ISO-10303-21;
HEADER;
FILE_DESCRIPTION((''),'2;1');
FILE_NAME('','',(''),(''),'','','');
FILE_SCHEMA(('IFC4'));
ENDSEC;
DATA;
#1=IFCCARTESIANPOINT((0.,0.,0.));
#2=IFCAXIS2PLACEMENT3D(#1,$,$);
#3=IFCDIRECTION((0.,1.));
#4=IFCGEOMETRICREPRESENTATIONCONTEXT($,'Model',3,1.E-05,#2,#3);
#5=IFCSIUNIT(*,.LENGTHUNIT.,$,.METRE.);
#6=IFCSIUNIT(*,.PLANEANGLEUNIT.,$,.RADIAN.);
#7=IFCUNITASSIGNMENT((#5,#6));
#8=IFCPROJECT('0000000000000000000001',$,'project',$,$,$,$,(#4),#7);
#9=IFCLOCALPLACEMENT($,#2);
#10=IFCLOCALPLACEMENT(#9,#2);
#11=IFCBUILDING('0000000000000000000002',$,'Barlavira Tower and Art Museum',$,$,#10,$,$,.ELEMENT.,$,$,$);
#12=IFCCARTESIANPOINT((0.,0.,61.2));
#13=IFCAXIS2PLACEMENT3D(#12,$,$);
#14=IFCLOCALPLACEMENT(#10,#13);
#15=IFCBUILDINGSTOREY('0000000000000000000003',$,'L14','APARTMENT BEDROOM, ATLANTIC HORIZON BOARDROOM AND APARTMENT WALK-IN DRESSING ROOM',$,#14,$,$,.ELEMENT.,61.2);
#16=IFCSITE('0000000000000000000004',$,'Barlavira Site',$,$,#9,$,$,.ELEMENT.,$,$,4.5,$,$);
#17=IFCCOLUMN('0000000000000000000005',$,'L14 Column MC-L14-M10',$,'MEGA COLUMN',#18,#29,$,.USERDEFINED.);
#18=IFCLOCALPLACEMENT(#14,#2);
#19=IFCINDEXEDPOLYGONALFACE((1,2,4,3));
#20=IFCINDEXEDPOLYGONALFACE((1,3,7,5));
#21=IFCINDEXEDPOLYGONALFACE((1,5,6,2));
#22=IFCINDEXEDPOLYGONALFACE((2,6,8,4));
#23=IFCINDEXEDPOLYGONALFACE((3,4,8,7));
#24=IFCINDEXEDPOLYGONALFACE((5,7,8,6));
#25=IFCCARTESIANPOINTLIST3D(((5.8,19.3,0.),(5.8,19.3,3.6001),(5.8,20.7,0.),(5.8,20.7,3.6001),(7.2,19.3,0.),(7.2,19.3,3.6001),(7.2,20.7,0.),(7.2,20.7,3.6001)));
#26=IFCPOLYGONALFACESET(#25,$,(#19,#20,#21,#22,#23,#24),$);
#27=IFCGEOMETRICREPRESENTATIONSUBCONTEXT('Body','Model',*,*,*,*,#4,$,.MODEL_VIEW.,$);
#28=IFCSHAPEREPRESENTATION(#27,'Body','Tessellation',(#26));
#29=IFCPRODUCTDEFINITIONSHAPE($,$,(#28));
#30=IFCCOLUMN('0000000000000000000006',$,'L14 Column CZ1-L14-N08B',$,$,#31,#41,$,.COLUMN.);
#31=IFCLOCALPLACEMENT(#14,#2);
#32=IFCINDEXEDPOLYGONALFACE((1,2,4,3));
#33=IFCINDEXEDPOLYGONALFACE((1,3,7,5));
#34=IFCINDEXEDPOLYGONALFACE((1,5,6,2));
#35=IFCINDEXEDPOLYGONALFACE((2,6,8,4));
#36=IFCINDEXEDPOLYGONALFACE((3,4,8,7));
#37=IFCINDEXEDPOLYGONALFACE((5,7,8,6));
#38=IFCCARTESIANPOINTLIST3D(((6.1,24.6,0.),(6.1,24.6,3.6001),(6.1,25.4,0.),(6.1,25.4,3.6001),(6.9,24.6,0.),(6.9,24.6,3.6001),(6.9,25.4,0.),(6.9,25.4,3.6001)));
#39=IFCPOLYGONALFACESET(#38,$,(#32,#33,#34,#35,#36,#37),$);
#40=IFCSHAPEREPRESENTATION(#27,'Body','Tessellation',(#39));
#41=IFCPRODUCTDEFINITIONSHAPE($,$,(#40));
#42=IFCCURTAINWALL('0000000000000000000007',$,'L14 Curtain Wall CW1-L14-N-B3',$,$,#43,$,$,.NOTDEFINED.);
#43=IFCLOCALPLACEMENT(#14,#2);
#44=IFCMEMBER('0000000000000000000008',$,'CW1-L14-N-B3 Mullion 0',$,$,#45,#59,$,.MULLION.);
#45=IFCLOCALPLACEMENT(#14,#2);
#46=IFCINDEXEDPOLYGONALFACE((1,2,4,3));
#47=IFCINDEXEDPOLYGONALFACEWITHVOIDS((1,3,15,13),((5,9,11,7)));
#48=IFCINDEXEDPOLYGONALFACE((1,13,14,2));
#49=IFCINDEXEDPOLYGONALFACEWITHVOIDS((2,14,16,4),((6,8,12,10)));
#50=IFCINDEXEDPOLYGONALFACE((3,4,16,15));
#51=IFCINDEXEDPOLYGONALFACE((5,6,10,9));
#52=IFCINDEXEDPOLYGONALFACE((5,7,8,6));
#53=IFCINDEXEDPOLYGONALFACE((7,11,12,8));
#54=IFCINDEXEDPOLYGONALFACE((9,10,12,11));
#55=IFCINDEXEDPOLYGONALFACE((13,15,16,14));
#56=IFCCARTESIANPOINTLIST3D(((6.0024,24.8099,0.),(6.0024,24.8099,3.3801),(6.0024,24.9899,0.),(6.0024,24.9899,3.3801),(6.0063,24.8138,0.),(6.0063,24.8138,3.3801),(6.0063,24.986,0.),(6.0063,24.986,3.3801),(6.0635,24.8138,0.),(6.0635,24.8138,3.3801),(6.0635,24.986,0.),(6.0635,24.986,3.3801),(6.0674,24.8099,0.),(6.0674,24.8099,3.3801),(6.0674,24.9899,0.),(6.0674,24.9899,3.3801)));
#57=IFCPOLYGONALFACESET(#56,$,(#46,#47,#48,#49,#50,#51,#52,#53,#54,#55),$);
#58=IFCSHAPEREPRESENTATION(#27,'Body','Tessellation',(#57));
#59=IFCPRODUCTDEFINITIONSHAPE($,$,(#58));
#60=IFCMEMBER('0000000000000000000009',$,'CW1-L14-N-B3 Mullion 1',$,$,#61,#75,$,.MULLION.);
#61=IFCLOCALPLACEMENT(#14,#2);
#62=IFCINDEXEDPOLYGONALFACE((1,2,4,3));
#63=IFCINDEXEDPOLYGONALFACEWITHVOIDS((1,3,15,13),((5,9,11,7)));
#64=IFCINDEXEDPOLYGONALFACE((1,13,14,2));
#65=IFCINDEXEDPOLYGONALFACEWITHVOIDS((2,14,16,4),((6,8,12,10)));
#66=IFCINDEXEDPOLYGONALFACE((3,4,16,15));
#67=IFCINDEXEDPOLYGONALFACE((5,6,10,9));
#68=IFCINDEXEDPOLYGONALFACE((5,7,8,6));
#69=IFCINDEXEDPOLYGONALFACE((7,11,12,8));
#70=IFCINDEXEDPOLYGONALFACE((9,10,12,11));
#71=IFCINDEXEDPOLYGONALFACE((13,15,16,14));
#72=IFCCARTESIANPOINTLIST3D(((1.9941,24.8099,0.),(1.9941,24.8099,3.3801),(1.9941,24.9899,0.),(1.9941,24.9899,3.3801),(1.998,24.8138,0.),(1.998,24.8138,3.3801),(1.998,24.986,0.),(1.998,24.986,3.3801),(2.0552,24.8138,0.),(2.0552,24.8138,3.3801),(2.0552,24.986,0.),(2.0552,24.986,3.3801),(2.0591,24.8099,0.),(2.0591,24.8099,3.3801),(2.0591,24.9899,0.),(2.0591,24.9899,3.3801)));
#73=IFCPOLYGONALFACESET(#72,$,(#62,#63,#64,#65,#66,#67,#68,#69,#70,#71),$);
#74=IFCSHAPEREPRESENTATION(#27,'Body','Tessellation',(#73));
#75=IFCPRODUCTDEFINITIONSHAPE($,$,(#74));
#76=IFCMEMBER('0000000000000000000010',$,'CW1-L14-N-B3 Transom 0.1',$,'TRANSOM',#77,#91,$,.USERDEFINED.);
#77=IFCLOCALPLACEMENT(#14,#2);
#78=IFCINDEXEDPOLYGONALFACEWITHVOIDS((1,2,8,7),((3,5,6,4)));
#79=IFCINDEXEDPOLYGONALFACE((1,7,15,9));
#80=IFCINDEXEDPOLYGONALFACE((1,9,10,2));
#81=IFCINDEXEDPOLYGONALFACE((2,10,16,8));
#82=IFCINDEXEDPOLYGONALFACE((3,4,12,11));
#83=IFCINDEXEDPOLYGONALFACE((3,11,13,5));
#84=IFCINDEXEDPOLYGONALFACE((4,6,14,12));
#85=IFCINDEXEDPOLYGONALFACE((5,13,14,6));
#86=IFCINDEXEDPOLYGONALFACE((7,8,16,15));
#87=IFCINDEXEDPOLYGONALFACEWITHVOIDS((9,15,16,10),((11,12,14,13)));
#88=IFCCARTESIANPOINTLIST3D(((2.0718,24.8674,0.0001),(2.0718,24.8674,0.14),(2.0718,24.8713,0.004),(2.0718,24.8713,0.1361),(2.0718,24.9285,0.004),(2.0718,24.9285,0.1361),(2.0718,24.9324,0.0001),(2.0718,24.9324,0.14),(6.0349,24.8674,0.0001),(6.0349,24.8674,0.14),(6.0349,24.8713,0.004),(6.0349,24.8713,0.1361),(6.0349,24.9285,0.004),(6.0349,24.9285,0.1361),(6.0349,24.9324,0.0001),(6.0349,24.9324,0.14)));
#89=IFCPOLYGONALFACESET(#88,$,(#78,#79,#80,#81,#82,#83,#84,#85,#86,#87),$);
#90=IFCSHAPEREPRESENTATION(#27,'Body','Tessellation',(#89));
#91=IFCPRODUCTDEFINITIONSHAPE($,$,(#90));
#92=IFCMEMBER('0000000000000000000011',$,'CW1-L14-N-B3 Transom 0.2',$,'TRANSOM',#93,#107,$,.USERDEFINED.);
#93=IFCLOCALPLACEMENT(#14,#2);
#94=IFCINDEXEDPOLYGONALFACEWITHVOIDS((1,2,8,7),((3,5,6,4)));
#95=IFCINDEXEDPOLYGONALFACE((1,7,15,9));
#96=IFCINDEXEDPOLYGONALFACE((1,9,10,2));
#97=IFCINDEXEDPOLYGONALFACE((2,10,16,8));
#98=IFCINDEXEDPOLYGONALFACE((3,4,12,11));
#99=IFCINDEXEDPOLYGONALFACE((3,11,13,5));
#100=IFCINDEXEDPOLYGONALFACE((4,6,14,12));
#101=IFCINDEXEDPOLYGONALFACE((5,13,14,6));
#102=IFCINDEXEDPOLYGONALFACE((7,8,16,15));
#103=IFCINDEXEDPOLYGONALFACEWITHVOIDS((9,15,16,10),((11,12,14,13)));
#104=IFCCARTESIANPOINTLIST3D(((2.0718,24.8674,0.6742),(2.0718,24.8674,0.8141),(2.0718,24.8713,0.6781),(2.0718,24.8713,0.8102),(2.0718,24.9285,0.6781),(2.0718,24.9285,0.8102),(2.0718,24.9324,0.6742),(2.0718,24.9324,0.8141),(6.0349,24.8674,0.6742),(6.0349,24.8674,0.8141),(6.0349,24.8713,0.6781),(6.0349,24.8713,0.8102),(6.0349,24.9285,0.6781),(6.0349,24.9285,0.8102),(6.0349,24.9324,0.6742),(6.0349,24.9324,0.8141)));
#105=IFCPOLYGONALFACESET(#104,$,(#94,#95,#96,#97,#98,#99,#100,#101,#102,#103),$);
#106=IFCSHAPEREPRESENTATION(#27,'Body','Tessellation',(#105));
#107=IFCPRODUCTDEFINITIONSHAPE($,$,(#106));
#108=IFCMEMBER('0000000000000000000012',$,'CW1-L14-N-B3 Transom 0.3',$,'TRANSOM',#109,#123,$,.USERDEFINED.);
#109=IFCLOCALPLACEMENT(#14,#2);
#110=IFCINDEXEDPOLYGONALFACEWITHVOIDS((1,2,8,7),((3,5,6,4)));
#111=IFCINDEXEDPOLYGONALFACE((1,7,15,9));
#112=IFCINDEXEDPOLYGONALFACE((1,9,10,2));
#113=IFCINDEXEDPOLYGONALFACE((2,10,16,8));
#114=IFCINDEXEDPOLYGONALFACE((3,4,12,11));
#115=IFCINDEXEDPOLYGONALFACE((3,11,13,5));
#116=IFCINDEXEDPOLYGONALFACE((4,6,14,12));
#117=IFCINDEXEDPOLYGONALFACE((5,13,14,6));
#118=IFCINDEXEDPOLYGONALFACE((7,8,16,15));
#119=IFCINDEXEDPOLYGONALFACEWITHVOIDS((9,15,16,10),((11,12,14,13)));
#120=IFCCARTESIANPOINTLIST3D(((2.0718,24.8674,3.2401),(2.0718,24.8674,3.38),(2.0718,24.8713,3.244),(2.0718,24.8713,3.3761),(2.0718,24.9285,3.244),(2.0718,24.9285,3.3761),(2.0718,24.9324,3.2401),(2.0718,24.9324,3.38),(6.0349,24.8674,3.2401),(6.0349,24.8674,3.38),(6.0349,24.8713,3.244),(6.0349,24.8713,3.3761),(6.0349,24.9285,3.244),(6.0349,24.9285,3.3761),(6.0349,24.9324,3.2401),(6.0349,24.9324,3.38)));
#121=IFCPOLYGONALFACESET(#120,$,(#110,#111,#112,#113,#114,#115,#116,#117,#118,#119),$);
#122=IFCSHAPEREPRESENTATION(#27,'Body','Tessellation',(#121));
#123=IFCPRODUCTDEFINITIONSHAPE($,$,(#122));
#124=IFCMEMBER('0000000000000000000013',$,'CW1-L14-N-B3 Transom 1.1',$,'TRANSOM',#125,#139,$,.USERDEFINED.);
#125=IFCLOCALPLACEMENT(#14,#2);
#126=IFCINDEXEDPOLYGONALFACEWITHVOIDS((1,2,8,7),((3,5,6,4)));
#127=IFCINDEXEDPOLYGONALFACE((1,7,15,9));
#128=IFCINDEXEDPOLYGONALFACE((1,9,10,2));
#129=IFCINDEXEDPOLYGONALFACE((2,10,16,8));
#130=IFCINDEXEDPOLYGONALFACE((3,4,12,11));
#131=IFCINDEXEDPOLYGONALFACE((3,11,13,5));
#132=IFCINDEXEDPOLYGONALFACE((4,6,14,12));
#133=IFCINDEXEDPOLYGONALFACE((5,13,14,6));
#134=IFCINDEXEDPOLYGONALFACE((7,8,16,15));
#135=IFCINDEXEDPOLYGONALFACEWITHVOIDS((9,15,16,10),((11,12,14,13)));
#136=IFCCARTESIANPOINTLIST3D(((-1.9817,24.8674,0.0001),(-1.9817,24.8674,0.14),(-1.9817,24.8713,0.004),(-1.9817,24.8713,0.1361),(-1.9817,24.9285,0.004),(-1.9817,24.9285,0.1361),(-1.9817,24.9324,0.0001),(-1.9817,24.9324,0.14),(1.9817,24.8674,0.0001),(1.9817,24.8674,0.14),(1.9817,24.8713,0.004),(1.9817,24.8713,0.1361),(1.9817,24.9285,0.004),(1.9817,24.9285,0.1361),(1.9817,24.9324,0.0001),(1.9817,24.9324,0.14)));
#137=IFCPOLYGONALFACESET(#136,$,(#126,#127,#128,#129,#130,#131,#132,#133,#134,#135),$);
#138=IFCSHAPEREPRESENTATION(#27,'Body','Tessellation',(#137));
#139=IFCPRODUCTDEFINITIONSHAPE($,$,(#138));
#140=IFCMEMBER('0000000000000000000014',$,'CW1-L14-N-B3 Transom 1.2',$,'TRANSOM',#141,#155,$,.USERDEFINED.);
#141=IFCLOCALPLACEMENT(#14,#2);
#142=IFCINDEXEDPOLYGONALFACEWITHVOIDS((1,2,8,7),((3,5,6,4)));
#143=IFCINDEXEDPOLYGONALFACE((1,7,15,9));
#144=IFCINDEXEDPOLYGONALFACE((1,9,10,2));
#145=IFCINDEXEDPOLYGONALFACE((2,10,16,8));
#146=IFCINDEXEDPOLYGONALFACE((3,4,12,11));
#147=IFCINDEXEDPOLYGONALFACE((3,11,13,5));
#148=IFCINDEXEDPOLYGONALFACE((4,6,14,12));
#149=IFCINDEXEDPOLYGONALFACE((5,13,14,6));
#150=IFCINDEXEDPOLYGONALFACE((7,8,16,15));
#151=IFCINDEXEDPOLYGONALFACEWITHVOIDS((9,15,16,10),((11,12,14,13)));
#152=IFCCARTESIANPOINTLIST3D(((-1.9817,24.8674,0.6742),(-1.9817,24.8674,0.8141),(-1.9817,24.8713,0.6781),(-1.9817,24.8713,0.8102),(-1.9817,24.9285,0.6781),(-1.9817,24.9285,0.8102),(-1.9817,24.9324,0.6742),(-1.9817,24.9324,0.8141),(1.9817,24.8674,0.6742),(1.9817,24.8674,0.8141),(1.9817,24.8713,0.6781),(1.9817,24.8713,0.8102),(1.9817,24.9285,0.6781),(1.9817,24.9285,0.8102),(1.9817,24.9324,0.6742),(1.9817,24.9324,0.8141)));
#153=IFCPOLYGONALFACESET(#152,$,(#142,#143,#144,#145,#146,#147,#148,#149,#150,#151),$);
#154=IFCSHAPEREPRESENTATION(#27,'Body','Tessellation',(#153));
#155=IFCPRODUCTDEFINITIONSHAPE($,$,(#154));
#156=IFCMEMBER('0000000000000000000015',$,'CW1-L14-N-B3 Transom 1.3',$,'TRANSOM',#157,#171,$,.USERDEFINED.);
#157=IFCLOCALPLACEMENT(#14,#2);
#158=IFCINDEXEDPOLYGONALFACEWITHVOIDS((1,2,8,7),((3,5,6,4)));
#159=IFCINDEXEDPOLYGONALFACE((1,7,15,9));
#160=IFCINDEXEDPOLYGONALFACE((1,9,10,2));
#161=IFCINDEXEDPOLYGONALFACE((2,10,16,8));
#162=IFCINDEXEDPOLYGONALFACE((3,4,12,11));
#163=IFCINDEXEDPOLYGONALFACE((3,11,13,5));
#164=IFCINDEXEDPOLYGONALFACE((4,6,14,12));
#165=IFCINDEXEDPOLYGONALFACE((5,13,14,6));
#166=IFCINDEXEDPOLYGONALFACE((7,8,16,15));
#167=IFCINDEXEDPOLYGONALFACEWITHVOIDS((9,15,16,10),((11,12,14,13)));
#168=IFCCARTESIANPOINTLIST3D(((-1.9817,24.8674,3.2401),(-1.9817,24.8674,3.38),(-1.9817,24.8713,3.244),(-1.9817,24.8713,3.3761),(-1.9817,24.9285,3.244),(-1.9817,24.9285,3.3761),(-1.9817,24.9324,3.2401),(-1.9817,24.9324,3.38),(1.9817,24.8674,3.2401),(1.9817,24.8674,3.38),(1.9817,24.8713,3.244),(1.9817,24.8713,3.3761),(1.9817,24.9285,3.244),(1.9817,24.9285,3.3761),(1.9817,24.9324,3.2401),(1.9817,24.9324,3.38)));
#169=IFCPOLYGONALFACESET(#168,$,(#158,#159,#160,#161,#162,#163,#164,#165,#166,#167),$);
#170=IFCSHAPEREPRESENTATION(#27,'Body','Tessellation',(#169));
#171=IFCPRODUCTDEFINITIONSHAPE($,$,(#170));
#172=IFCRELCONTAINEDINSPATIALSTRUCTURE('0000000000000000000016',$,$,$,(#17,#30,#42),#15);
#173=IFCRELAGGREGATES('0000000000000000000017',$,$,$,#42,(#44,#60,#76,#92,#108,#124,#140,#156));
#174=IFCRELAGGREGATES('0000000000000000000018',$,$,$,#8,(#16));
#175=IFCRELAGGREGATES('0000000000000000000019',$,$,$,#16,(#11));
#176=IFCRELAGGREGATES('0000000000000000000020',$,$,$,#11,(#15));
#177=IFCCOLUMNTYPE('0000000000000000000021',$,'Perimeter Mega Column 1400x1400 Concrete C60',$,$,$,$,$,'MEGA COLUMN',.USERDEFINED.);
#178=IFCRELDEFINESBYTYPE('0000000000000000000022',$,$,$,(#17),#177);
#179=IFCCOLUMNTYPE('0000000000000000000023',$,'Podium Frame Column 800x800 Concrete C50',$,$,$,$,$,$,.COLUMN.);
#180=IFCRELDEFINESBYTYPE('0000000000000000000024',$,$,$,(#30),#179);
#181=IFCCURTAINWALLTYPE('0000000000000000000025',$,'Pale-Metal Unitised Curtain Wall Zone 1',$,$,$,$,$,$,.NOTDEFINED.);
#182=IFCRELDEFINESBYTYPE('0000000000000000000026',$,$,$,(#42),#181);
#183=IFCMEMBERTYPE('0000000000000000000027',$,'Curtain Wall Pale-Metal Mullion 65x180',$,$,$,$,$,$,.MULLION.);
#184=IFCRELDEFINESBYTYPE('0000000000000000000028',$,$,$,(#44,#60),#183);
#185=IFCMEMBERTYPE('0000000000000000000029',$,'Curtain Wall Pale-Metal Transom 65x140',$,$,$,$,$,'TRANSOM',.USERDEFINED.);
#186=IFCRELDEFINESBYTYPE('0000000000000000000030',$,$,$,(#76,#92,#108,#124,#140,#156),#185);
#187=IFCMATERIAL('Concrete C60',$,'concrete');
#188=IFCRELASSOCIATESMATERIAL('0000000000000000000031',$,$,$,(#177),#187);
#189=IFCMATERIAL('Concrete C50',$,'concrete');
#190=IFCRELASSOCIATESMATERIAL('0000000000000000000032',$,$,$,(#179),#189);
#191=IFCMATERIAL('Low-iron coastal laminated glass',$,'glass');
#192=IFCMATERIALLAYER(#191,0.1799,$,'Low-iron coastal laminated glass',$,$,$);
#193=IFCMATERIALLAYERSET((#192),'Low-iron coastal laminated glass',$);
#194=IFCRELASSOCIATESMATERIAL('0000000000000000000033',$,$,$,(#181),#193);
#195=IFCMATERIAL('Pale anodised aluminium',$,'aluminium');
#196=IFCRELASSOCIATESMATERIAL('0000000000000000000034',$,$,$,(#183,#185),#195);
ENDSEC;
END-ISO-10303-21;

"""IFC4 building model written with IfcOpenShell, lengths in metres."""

from ifc_helpers import new_model, si_unit, direction, frame, origin, origin_2d, place, context, subcontext, project, spatial, rectangle, hollow_rectangle, extrude, material, layer, layer_set, material_profile, profile_set, type_object, element, aggregate, save


model = new_model("IFC4")

# Units and contexts
model_context = context("Model", 3, precision=1e-05, world=origin(), true_north=direction((0.0, 1.0)))
body_context = subcontext(model_context, "Body", "Model", "MODEL_VIEW")
ifc_project = project(units=[si_unit("LENGTHUNIT", "METRE"), si_unit("PLANEANGLEUNIT", "RADIAN")], contexts=[model_context])

# Site, building, storey
site_placement = place(None, origin())
site = spatial("IfcSite", under=ifc_project, at=site_placement, Name="Barlavira Site", CompositionType="ELEMENT", RefElevation=4.5)
building_placement = place(site_placement, origin())
building = spatial("IfcBuilding", under=site, at=building_placement, Name="Barlavira Tower and Art Museum", CompositionType="ELEMENT")
storey_placement = place(building_placement, frame((0.0, 0.0, 61.2)))
storey = spatial("IfcBuildingStorey", under=building, at=storey_placement, Name="L14", Description="APARTMENT BEDROOM, ATLANTIC HORIZON BOARDROOM AND APARTMENT WALK-IN DRESSING ROOM", CompositionType="ELEMENT", Elevation=61.2)

# Columns
ifc_material_1 = material(Name="Concrete C60", Category="concrete")
ifc_material_profile_1 = material_profile(ifc_material_1, rectangle(XDim=1.3999, YDim=1.3999, at=origin_2d()), Name="RC-MCOL 1400x1400")
ifc_profile_set_1 = profile_set([ifc_material_profile_1], Name="Concrete C60")
column_type_1 = type_object("IfcColumnType", Name="Perimeter Mega Column 1400x1400 Concrete C60", ElementType="MEGA COLUMN", PredefinedType="USERDEFINED", material=ifc_profile_set_1)
column_1_placement = place(storey_placement, frame((6.5, 20.0, 0.0), z_axis=(0.0, 0.0, 1.0), x_axis=(1.0, 0.0, 0.0)))
element("IfcColumn", 1, at=column_1_placement, inside=storey, type_object=column_type_1, Name="L14 Column MC-L14-M10", ObjectType="MEGA COLUMN", PredefinedType="USERDEFINED", context=body_context, shape_type="SweptSolid", body=[
    extrude(rectangle(XDim=1.3999, YDim=1.3999, at=origin_2d()), origin(), (0.0, 0.0, 1.0), 3.6001),
])
ifc_material_2 = material(Name="Concrete C50", Category="concrete")
ifc_material_profile_2 = material_profile(ifc_material_2, rectangle(XDim=0.8, YDim=0.8, at=origin_2d()), Name="RC-COL 800x800")
ifc_profile_set_2 = profile_set([ifc_material_profile_2], Name="Concrete C50")
column_type_2 = type_object("IfcColumnType", Name="Podium Frame Column 800x800 Concrete C50", PredefinedType="COLUMN", material=ifc_profile_set_2)
column_2_placement = place(storey_placement, frame((6.5, 25.0, 0.0), z_axis=(0.0, 0.0, 1.0), x_axis=(1.0, 0.0, 0.0)))
element("IfcColumn", 2, at=column_2_placement, inside=storey, type_object=column_type_2, Name="L14 Column CZ1-L14-N08B", PredefinedType="COLUMN", context=body_context, shape_type="SweptSolid", body=[
    extrude(rectangle(XDim=0.8, YDim=0.8, at=origin_2d()), origin(), (0.0, 0.0, 1.0), 3.6001),
])

# Curtain wall, members
ifc_material_3 = material(Name="Low-iron coastal laminated glass", Category="glass")
ifc_layer_1 = layer(ifc_material_3, 0.1799, Name="Low-iron coastal laminated glass")
ifc_layer_set_1 = layer_set([ifc_layer_1], Name="Low-iron coastal laminated glass")
curtain_wall_type = type_object("IfcCurtainWallType", Name="Pale-Metal Unitised Curtain Wall Zone 1", PredefinedType="NOTDEFINED", material=ifc_layer_set_1)
curtain_wall_placement = place(storey_placement, origin())
curtain_wall = element("IfcCurtainWall", 3, at=curtain_wall_placement, inside=storey, type_object=curtain_wall_type, Name="L14 Curtain Wall CW1-L14-N-B3", PredefinedType="NOTDEFINED")
ifc_material_4 = material(Name="Pale anodised aluminium", Category="aluminium")
ifc_material_profile_3 = material_profile(ifc_material_4, hollow_rectangle(XDim=0.0649, YDim=0.1799, WallThickness=0.0039, at=origin_2d()), Name="ALU-MULL 65x180x4")
ifc_profile_set_3 = profile_set([ifc_material_profile_3], Name="Pale anodised aluminium")
member_type_1 = type_object("IfcMemberType", Name="Curtain Wall Pale-Metal Mullion 65x180", PredefinedType="MULLION", material=ifc_profile_set_3)
member_1_placement = place(storey_placement, frame((6.0349, 24.8999, 0.0), z_axis=(0.0, 0.0, 1.0), x_axis=(-1.0, 0.0, 0.0)))
member_1 = element("IfcMember", 4, at=member_1_placement, type_object=member_type_1, Name="CW1-L14-N-B3 Mullion 0", PredefinedType="MULLION", context=body_context, shape_type="SweptSolid", body=[
    extrude(hollow_rectangle(XDim=0.0649, YDim=0.1799, WallThickness=0.0039, at=origin_2d()), origin(), (0.0, 0.0, 1.0), 3.3801),
])
member_2_placement = place(storey_placement, frame((2.0266, 24.8999, 0.0), z_axis=(0.0, 0.0, 1.0), x_axis=(-1.0, 0.0, 0.0)))
member_2 = element("IfcMember", 5, at=member_2_placement, type_object=member_type_1, Name="CW1-L14-N-B3 Mullion 1", PredefinedType="MULLION", context=body_context, shape_type="SweptSolid", body=[
    extrude(hollow_rectangle(XDim=0.0649, YDim=0.1799, WallThickness=0.0039, at=origin_2d()), origin(), (0.0, 0.0, 1.0), 3.3801),
])
ifc_material_profile_4 = material_profile(ifc_material_4, hollow_rectangle(XDim=0.0649, YDim=0.1399, WallThickness=0.0039, at=origin_2d()), Name="ALU-TRAN 65x140x4")
ifc_profile_set_4 = profile_set([ifc_material_profile_4], Name="Pale anodised aluminium")
member_type_2 = type_object("IfcMemberType", Name="Curtain Wall Pale-Metal Transom 65x140", ElementType="TRANSOM", PredefinedType="USERDEFINED", material=ifc_profile_set_4)
member_3_placement = place(storey_placement, frame((6.0349, 24.8999, 0.0701), z_axis=(-1.0, 0.0, 0.0), x_axis=(0.0, -1.0, 0.0)))
member_3 = element("IfcMember", 6, at=member_3_placement, type_object=member_type_2, Name="CW1-L14-N-B3 Transom 0.1", ObjectType="TRANSOM", PredefinedType="USERDEFINED", context=body_context, shape_type="SweptSolid", body=[
    extrude(hollow_rectangle(XDim=0.0649, YDim=0.1399, WallThickness=0.0039, at=origin_2d()), origin(), (0.0, 0.0, 1.0), 3.9631),
])
member_4_placement = place(storey_placement, frame((6.0349, 24.8999, 0.7441), z_axis=(-1.0, 0.0, 0.0), x_axis=(0.0, -1.0, 0.0)))
member_4 = element("IfcMember", 7, at=member_4_placement, type_object=member_type_2, Name="CW1-L14-N-B3 Transom 0.2", ObjectType="TRANSOM", PredefinedType="USERDEFINED", context=body_context, shape_type="SweptSolid", body=[
    extrude(hollow_rectangle(XDim=0.0649, YDim=0.1399, WallThickness=0.0039, at=origin_2d()), origin(), (0.0, 0.0, 1.0), 3.9631),
])
member_5_placement = place(storey_placement, frame((6.0349, 24.8999, 3.3101), z_axis=(-1.0, 0.0, 0.0), x_axis=(0.0, -1.0, 0.0)))
member_5 = element("IfcMember", 8, at=member_5_placement, type_object=member_type_2, Name="CW1-L14-N-B3 Transom 0.3", ObjectType="TRANSOM", PredefinedType="USERDEFINED", context=body_context, shape_type="SweptSolid", body=[
    extrude(hollow_rectangle(XDim=0.0649, YDim=0.1399, WallThickness=0.0039, at=origin_2d()), origin(), (0.0, 0.0, 1.0), 3.9631),
])
member_6_placement = place(storey_placement, frame((1.9817, 24.8999, 0.0701), z_axis=(-1.0, 0.0, 0.0), x_axis=(0.0, -1.0, 0.0)))
member_6 = element("IfcMember", 9, at=member_6_placement, type_object=member_type_2, Name="CW1-L14-N-B3 Transom 1.1", ObjectType="TRANSOM", PredefinedType="USERDEFINED", context=body_context, shape_type="SweptSolid", body=[
    extrude(hollow_rectangle(XDim=0.0649, YDim=0.1399, WallThickness=0.0039, at=origin_2d()), origin(), (0.0, 0.0, 1.0), 3.9634),
])
member_7_placement = place(storey_placement, frame((1.9817, 24.8999, 0.7441), z_axis=(-1.0, 0.0, 0.0), x_axis=(0.0, -1.0, 0.0)))
member_7 = element("IfcMember", 10, at=member_7_placement, type_object=member_type_2, Name="CW1-L14-N-B3 Transom 1.2", ObjectType="TRANSOM", PredefinedType="USERDEFINED", context=body_context, shape_type="SweptSolid", body=[
    extrude(hollow_rectangle(XDim=0.0649, YDim=0.1399, WallThickness=0.0039, at=origin_2d()), origin(), (0.0, 0.0, 1.0), 3.9634),
])
member_8_placement = place(storey_placement, frame((1.9817, 24.8999, 3.3101), z_axis=(-1.0, 0.0, 0.0), x_axis=(0.0, -1.0, 0.0)))
member_8 = element("IfcMember", 11, at=member_8_placement, type_object=member_type_2, Name="CW1-L14-N-B3 Transom 1.3", ObjectType="TRANSOM", PredefinedType="USERDEFINED", context=body_context, shape_type="SweptSolid", body=[
    extrude(hollow_rectangle(XDim=0.0649, YDim=0.1399, WallThickness=0.0039, at=origin_2d()), origin(), (0.0, 0.0, 1.0), 3.9634),
])

aggregate(curtain_wall, [member_1, member_2, member_3, member_4, member_5, member_6, member_7, member_8])

save(model, "model.ifc")
